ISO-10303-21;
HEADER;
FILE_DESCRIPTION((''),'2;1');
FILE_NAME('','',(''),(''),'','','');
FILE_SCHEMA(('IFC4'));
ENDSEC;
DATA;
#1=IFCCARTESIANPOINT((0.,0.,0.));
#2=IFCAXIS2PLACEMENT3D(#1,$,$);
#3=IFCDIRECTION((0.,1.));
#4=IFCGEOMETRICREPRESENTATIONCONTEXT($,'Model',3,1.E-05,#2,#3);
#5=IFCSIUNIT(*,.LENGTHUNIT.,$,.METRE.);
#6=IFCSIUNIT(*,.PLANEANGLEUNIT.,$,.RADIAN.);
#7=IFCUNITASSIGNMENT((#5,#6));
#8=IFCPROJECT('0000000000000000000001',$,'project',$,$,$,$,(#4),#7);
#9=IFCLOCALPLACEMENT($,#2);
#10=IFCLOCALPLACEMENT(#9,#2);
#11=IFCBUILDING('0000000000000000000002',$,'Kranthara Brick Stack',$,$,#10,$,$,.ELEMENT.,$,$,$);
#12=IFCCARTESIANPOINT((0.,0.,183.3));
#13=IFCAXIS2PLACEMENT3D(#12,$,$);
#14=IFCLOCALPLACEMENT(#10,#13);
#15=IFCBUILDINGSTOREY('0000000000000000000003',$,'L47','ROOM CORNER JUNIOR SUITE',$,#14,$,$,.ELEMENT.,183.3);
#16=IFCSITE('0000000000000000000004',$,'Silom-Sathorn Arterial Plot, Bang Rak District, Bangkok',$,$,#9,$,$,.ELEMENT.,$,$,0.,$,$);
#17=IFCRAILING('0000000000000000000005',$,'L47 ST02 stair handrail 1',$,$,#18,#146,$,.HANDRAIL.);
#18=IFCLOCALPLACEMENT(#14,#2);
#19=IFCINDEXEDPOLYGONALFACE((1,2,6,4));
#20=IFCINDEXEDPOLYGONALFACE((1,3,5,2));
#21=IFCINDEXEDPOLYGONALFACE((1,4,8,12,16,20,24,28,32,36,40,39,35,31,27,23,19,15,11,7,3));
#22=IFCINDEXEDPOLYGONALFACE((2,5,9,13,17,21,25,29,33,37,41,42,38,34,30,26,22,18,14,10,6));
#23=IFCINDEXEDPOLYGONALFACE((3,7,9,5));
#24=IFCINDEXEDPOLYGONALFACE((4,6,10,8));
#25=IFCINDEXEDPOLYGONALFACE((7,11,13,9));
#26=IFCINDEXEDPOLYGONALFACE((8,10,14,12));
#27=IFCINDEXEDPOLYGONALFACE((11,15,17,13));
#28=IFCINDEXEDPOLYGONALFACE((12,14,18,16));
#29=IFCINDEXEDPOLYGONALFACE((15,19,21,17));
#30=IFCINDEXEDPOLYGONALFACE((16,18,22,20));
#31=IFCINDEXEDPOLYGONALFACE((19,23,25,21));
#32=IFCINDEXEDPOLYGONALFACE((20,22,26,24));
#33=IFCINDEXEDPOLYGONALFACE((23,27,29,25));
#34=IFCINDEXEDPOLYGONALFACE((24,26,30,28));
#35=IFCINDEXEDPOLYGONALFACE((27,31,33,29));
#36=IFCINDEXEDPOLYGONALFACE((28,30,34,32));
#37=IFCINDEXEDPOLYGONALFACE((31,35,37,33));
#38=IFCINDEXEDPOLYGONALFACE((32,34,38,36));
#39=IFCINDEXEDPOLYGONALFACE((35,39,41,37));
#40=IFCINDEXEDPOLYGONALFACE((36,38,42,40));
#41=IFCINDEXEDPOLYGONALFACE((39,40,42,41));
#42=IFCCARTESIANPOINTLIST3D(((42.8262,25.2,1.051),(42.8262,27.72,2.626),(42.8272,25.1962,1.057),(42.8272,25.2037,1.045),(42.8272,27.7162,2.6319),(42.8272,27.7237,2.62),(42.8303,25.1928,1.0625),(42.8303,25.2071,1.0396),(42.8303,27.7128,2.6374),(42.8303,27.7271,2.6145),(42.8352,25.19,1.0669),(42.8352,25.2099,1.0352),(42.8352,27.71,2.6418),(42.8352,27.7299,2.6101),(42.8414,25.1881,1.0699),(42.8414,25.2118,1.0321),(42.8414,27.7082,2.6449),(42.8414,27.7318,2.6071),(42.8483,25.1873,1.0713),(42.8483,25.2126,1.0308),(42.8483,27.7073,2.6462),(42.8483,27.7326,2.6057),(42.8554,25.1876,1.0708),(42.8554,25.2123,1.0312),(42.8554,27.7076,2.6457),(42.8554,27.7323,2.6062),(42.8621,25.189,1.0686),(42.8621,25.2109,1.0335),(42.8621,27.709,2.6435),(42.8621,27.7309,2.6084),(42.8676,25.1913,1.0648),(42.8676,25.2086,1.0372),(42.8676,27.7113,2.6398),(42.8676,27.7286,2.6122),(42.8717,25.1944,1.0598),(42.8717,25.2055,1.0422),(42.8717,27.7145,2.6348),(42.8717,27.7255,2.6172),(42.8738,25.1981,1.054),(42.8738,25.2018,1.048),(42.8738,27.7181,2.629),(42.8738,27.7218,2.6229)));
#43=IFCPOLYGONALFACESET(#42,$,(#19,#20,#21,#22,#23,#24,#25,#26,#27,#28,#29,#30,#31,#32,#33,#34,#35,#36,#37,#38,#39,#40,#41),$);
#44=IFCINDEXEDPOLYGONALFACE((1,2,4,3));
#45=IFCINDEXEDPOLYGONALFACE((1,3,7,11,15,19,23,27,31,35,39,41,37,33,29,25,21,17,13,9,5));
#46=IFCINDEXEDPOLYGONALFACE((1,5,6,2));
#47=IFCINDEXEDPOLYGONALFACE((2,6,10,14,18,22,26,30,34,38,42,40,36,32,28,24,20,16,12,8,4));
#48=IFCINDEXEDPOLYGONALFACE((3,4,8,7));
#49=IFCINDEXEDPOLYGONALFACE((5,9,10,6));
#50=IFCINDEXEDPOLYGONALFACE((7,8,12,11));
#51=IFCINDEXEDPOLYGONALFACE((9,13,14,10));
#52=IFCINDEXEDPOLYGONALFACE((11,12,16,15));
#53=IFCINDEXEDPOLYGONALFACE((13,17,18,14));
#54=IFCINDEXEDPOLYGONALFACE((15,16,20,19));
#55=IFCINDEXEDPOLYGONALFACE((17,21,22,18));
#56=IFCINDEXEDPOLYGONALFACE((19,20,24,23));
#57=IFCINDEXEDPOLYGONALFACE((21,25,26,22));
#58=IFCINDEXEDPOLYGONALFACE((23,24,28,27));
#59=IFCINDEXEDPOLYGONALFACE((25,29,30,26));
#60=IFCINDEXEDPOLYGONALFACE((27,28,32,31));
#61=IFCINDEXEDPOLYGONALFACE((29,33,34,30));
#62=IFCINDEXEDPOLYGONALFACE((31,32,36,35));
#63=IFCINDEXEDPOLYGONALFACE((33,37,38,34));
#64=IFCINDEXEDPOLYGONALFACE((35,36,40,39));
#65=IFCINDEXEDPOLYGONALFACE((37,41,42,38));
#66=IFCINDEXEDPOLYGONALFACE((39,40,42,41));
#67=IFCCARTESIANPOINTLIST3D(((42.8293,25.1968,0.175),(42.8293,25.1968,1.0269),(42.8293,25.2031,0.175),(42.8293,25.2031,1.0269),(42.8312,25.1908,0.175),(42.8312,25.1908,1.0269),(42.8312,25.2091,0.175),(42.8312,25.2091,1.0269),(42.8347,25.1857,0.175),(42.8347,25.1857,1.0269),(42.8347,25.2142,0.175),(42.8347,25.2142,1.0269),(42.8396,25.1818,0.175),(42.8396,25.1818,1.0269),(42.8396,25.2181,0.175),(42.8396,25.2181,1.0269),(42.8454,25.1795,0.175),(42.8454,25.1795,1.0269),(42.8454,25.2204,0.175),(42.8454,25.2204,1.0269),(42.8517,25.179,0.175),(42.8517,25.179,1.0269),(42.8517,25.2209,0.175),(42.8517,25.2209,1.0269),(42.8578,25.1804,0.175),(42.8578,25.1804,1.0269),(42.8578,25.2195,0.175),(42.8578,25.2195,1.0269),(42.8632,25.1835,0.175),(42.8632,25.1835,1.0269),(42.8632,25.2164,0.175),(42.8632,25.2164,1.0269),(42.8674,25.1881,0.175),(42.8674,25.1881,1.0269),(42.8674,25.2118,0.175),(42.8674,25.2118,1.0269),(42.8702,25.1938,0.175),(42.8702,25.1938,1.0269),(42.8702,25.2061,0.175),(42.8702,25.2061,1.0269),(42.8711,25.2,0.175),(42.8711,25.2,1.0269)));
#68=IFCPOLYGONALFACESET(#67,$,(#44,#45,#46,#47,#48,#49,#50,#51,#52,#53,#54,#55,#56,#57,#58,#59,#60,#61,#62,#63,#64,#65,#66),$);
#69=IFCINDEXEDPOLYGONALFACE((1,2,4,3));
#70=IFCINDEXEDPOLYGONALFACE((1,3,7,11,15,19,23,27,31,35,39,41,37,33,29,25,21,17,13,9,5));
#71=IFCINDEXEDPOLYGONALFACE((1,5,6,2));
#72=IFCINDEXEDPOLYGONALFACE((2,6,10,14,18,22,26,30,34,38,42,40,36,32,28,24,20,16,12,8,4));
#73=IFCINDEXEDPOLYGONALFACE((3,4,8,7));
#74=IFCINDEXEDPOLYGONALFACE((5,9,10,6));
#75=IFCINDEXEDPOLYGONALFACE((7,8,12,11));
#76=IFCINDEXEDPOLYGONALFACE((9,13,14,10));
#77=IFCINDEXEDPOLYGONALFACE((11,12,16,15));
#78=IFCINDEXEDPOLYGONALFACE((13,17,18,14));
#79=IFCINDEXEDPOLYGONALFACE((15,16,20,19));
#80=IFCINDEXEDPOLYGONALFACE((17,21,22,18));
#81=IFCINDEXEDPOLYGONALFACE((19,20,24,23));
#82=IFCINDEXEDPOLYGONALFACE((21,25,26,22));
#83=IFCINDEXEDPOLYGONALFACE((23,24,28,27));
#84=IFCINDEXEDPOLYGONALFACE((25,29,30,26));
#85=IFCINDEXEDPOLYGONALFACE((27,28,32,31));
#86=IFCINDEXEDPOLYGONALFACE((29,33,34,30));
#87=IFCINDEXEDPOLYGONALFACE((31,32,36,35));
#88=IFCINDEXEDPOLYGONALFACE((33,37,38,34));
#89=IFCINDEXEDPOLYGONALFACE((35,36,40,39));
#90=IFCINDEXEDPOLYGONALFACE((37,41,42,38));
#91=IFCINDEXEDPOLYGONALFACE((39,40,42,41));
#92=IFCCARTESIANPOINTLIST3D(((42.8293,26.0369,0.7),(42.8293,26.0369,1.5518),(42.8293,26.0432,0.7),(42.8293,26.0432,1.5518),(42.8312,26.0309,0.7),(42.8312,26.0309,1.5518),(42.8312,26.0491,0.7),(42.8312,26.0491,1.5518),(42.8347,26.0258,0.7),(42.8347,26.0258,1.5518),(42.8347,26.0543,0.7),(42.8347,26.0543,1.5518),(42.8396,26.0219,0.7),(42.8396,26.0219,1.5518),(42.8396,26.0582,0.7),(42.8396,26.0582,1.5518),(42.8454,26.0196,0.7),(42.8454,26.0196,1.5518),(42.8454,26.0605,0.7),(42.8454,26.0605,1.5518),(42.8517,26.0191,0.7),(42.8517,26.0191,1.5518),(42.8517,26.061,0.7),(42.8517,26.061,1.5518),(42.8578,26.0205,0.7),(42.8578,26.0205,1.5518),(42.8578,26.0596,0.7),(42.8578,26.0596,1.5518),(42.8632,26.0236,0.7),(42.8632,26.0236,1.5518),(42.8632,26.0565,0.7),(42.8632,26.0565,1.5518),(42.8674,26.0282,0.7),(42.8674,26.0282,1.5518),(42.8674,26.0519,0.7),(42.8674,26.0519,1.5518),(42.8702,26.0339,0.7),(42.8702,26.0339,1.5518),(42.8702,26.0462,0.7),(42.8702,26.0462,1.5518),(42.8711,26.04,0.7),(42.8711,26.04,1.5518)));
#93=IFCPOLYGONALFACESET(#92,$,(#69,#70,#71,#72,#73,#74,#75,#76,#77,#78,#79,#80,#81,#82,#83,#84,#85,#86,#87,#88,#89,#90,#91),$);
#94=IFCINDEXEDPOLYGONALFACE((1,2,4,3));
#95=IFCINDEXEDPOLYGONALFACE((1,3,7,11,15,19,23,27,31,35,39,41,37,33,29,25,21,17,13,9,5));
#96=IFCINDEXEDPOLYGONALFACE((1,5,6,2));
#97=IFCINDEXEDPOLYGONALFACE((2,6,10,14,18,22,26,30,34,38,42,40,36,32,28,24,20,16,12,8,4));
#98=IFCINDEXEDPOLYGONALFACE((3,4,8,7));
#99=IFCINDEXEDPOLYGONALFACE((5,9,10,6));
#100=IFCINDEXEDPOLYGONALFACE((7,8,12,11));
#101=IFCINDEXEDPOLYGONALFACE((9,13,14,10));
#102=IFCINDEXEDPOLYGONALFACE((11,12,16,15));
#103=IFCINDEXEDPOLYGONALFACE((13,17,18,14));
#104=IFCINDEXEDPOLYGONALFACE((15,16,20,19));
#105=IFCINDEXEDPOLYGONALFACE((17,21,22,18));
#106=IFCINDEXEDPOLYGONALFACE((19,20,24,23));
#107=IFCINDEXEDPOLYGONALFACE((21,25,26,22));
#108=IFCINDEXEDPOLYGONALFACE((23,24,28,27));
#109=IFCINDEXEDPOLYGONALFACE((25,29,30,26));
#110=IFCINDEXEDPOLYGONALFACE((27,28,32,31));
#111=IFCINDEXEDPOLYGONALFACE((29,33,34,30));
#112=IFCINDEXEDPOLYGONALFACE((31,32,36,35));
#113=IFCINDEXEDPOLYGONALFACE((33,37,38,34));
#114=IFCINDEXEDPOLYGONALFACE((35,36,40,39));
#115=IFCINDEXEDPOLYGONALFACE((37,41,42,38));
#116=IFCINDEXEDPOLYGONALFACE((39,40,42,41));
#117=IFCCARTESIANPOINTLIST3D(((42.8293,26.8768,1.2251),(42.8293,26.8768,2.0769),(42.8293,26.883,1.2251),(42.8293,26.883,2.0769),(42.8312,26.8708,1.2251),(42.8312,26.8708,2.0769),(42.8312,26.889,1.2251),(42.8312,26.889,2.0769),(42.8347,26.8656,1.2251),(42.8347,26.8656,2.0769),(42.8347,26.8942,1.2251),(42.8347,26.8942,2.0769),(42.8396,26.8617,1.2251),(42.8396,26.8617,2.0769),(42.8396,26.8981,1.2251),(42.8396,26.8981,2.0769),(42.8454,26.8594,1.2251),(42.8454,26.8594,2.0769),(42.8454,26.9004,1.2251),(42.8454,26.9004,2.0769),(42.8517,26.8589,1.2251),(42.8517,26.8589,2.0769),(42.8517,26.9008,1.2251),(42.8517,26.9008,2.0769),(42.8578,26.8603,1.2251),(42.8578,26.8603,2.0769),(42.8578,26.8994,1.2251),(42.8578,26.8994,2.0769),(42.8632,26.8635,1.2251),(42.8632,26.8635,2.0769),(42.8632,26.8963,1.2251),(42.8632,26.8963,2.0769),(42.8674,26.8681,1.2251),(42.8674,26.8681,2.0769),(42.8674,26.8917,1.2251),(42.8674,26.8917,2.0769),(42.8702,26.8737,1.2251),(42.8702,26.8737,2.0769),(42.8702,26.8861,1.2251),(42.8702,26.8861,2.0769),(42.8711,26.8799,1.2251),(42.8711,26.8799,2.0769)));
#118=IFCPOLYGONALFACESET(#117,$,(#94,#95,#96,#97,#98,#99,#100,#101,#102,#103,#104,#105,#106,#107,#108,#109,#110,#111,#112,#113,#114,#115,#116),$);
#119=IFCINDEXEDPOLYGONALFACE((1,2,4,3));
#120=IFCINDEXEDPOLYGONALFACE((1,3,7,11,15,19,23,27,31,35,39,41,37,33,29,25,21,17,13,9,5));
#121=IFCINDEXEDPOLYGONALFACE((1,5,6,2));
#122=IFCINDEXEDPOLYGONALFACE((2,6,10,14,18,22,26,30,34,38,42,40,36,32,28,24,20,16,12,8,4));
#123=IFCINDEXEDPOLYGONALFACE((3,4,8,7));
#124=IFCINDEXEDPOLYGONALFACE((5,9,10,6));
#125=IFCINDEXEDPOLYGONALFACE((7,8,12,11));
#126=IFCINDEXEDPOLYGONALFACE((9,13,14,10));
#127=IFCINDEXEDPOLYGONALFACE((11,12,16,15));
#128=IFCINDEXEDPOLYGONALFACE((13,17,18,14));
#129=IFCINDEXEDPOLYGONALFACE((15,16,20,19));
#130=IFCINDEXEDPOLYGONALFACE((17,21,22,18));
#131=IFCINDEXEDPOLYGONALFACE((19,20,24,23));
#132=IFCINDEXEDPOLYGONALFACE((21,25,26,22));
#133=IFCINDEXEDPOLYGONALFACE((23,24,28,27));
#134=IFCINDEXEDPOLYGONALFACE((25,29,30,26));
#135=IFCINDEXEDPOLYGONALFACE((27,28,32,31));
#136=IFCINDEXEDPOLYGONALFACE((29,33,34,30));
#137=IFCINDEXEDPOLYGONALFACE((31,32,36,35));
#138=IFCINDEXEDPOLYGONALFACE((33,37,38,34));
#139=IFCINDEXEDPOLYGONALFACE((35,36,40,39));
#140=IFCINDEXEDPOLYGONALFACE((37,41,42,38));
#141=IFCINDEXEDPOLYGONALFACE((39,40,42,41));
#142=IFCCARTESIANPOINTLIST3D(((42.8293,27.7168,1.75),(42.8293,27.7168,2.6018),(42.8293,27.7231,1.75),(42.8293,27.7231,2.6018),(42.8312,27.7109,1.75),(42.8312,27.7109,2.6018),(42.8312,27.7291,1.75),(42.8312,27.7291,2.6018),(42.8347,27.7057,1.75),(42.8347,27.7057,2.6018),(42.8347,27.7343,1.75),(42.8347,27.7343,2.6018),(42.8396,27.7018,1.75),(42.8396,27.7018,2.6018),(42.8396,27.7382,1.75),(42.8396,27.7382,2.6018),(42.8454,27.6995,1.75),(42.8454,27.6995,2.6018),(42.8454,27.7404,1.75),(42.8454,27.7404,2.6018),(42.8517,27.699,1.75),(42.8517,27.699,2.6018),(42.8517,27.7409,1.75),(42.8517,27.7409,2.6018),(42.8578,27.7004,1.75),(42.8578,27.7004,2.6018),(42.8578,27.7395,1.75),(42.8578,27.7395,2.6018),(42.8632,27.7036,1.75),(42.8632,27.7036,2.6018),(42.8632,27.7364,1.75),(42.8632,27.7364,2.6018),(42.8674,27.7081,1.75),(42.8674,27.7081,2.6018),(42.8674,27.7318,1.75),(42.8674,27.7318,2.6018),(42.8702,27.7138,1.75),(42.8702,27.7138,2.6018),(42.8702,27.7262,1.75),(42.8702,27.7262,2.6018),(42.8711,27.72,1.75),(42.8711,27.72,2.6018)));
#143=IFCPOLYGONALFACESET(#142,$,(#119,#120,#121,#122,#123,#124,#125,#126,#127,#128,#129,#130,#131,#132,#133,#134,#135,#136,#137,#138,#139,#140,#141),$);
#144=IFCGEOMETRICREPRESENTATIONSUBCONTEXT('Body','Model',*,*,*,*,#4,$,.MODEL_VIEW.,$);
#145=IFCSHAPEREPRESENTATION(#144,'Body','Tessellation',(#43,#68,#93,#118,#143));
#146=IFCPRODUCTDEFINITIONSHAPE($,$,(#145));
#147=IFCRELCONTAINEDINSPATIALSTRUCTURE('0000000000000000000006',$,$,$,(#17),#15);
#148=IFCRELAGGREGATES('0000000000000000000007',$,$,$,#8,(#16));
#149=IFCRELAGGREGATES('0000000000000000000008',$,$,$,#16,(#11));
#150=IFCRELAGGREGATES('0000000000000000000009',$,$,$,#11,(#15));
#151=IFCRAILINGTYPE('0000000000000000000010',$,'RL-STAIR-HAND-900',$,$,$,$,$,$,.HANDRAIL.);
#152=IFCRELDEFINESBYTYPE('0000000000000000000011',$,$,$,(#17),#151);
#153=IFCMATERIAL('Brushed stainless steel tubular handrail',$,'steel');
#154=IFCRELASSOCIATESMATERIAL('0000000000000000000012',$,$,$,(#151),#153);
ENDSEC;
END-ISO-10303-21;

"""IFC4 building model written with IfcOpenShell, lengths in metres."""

from ifc_helpers import new_model, si_unit, direction, frame, origin, origin_2d, place, context, subcontext, project, spatial, circle, extrude, material, type_object, element, save


model = new_model("IFC4")

# Units and contexts
model_context = context("Model", 3, precision=1e-05, world=origin(), true_north=direction((0.0, 1.0)))
body_context = subcontext(model_context, "Body", "Model", "MODEL_VIEW")
ifc_project = project(units=[si_unit("LENGTHUNIT", "METRE"), si_unit("PLANEANGLEUNIT", "RADIAN")], contexts=[model_context])

# Site, building, storey
site_placement = place(None, origin())
site = spatial("IfcSite", under=ifc_project, at=site_placement, Name="Silom-Sathorn Arterial Plot, Bang Rak District, Bangkok", CompositionType="ELEMENT", RefElevation=0.0)
building_placement = place(site_placement, origin())
building = spatial("IfcBuilding", under=site, at=building_placement, Name="Kranthara Brick Stack", CompositionType="ELEMENT")
storey_placement = place(building_placement, frame((0.0, 0.0, 183.3)))
storey = spatial("IfcBuildingStorey", under=building, at=storey_placement, Name="L47", Description="ROOM CORNER JUNIOR SUITE", CompositionType="ELEMENT", Elevation=183.3)

# Railing
ifc_material_1 = material(Name="Brushed stainless steel tubular handrail", Category="steel")
railing_type_1 = type_object("IfcRailingType", Name="RL-STAIR-HAND-900", PredefinedType="HANDRAIL", material=ifc_material_1)
railing_1_placement = place(storey_placement, frame((42.8501, 25.2, 0.175)))
element("IfcRailing", 1, at=railing_1_placement, inside=storey, type_object=railing_type_1, Name="L47 ST02 stair handrail 1", PredefinedType="HANDRAIL", context=body_context, shape_type="SweptSolid", body=[
    extrude(circle(Radius=0.0239, at=origin_2d()), frame((0.0, 0.0, 0.876), z_axis=(0.0, 0.848008, 0.529984), x_axis=(-1.0, 0.0, 0.0)), (0.0, 0.0, 1.0), 2.9717),
    extrude(circle(Radius=0.021, at=origin_2d()), origin(), (0.0, 0.0, 1.0), 0.8518),
    extrude(circle(Radius=0.021, at=origin_2d()), frame((0.0, 0.8401, 0.5249)), (0.0, 0.0, 1.0), 0.8518),
    extrude(circle(Radius=0.021, at=origin_2d()), frame((0.0, 1.6799, 1.05)), (0.0, 0.0, 1.0), 0.8518),
    extrude(circle(Radius=0.021, at=origin_2d()), frame((0.0, 2.52, 1.575)), (0.0, 0.0, 1.0), 0.8518),
])

save(model, "model.ifc")
